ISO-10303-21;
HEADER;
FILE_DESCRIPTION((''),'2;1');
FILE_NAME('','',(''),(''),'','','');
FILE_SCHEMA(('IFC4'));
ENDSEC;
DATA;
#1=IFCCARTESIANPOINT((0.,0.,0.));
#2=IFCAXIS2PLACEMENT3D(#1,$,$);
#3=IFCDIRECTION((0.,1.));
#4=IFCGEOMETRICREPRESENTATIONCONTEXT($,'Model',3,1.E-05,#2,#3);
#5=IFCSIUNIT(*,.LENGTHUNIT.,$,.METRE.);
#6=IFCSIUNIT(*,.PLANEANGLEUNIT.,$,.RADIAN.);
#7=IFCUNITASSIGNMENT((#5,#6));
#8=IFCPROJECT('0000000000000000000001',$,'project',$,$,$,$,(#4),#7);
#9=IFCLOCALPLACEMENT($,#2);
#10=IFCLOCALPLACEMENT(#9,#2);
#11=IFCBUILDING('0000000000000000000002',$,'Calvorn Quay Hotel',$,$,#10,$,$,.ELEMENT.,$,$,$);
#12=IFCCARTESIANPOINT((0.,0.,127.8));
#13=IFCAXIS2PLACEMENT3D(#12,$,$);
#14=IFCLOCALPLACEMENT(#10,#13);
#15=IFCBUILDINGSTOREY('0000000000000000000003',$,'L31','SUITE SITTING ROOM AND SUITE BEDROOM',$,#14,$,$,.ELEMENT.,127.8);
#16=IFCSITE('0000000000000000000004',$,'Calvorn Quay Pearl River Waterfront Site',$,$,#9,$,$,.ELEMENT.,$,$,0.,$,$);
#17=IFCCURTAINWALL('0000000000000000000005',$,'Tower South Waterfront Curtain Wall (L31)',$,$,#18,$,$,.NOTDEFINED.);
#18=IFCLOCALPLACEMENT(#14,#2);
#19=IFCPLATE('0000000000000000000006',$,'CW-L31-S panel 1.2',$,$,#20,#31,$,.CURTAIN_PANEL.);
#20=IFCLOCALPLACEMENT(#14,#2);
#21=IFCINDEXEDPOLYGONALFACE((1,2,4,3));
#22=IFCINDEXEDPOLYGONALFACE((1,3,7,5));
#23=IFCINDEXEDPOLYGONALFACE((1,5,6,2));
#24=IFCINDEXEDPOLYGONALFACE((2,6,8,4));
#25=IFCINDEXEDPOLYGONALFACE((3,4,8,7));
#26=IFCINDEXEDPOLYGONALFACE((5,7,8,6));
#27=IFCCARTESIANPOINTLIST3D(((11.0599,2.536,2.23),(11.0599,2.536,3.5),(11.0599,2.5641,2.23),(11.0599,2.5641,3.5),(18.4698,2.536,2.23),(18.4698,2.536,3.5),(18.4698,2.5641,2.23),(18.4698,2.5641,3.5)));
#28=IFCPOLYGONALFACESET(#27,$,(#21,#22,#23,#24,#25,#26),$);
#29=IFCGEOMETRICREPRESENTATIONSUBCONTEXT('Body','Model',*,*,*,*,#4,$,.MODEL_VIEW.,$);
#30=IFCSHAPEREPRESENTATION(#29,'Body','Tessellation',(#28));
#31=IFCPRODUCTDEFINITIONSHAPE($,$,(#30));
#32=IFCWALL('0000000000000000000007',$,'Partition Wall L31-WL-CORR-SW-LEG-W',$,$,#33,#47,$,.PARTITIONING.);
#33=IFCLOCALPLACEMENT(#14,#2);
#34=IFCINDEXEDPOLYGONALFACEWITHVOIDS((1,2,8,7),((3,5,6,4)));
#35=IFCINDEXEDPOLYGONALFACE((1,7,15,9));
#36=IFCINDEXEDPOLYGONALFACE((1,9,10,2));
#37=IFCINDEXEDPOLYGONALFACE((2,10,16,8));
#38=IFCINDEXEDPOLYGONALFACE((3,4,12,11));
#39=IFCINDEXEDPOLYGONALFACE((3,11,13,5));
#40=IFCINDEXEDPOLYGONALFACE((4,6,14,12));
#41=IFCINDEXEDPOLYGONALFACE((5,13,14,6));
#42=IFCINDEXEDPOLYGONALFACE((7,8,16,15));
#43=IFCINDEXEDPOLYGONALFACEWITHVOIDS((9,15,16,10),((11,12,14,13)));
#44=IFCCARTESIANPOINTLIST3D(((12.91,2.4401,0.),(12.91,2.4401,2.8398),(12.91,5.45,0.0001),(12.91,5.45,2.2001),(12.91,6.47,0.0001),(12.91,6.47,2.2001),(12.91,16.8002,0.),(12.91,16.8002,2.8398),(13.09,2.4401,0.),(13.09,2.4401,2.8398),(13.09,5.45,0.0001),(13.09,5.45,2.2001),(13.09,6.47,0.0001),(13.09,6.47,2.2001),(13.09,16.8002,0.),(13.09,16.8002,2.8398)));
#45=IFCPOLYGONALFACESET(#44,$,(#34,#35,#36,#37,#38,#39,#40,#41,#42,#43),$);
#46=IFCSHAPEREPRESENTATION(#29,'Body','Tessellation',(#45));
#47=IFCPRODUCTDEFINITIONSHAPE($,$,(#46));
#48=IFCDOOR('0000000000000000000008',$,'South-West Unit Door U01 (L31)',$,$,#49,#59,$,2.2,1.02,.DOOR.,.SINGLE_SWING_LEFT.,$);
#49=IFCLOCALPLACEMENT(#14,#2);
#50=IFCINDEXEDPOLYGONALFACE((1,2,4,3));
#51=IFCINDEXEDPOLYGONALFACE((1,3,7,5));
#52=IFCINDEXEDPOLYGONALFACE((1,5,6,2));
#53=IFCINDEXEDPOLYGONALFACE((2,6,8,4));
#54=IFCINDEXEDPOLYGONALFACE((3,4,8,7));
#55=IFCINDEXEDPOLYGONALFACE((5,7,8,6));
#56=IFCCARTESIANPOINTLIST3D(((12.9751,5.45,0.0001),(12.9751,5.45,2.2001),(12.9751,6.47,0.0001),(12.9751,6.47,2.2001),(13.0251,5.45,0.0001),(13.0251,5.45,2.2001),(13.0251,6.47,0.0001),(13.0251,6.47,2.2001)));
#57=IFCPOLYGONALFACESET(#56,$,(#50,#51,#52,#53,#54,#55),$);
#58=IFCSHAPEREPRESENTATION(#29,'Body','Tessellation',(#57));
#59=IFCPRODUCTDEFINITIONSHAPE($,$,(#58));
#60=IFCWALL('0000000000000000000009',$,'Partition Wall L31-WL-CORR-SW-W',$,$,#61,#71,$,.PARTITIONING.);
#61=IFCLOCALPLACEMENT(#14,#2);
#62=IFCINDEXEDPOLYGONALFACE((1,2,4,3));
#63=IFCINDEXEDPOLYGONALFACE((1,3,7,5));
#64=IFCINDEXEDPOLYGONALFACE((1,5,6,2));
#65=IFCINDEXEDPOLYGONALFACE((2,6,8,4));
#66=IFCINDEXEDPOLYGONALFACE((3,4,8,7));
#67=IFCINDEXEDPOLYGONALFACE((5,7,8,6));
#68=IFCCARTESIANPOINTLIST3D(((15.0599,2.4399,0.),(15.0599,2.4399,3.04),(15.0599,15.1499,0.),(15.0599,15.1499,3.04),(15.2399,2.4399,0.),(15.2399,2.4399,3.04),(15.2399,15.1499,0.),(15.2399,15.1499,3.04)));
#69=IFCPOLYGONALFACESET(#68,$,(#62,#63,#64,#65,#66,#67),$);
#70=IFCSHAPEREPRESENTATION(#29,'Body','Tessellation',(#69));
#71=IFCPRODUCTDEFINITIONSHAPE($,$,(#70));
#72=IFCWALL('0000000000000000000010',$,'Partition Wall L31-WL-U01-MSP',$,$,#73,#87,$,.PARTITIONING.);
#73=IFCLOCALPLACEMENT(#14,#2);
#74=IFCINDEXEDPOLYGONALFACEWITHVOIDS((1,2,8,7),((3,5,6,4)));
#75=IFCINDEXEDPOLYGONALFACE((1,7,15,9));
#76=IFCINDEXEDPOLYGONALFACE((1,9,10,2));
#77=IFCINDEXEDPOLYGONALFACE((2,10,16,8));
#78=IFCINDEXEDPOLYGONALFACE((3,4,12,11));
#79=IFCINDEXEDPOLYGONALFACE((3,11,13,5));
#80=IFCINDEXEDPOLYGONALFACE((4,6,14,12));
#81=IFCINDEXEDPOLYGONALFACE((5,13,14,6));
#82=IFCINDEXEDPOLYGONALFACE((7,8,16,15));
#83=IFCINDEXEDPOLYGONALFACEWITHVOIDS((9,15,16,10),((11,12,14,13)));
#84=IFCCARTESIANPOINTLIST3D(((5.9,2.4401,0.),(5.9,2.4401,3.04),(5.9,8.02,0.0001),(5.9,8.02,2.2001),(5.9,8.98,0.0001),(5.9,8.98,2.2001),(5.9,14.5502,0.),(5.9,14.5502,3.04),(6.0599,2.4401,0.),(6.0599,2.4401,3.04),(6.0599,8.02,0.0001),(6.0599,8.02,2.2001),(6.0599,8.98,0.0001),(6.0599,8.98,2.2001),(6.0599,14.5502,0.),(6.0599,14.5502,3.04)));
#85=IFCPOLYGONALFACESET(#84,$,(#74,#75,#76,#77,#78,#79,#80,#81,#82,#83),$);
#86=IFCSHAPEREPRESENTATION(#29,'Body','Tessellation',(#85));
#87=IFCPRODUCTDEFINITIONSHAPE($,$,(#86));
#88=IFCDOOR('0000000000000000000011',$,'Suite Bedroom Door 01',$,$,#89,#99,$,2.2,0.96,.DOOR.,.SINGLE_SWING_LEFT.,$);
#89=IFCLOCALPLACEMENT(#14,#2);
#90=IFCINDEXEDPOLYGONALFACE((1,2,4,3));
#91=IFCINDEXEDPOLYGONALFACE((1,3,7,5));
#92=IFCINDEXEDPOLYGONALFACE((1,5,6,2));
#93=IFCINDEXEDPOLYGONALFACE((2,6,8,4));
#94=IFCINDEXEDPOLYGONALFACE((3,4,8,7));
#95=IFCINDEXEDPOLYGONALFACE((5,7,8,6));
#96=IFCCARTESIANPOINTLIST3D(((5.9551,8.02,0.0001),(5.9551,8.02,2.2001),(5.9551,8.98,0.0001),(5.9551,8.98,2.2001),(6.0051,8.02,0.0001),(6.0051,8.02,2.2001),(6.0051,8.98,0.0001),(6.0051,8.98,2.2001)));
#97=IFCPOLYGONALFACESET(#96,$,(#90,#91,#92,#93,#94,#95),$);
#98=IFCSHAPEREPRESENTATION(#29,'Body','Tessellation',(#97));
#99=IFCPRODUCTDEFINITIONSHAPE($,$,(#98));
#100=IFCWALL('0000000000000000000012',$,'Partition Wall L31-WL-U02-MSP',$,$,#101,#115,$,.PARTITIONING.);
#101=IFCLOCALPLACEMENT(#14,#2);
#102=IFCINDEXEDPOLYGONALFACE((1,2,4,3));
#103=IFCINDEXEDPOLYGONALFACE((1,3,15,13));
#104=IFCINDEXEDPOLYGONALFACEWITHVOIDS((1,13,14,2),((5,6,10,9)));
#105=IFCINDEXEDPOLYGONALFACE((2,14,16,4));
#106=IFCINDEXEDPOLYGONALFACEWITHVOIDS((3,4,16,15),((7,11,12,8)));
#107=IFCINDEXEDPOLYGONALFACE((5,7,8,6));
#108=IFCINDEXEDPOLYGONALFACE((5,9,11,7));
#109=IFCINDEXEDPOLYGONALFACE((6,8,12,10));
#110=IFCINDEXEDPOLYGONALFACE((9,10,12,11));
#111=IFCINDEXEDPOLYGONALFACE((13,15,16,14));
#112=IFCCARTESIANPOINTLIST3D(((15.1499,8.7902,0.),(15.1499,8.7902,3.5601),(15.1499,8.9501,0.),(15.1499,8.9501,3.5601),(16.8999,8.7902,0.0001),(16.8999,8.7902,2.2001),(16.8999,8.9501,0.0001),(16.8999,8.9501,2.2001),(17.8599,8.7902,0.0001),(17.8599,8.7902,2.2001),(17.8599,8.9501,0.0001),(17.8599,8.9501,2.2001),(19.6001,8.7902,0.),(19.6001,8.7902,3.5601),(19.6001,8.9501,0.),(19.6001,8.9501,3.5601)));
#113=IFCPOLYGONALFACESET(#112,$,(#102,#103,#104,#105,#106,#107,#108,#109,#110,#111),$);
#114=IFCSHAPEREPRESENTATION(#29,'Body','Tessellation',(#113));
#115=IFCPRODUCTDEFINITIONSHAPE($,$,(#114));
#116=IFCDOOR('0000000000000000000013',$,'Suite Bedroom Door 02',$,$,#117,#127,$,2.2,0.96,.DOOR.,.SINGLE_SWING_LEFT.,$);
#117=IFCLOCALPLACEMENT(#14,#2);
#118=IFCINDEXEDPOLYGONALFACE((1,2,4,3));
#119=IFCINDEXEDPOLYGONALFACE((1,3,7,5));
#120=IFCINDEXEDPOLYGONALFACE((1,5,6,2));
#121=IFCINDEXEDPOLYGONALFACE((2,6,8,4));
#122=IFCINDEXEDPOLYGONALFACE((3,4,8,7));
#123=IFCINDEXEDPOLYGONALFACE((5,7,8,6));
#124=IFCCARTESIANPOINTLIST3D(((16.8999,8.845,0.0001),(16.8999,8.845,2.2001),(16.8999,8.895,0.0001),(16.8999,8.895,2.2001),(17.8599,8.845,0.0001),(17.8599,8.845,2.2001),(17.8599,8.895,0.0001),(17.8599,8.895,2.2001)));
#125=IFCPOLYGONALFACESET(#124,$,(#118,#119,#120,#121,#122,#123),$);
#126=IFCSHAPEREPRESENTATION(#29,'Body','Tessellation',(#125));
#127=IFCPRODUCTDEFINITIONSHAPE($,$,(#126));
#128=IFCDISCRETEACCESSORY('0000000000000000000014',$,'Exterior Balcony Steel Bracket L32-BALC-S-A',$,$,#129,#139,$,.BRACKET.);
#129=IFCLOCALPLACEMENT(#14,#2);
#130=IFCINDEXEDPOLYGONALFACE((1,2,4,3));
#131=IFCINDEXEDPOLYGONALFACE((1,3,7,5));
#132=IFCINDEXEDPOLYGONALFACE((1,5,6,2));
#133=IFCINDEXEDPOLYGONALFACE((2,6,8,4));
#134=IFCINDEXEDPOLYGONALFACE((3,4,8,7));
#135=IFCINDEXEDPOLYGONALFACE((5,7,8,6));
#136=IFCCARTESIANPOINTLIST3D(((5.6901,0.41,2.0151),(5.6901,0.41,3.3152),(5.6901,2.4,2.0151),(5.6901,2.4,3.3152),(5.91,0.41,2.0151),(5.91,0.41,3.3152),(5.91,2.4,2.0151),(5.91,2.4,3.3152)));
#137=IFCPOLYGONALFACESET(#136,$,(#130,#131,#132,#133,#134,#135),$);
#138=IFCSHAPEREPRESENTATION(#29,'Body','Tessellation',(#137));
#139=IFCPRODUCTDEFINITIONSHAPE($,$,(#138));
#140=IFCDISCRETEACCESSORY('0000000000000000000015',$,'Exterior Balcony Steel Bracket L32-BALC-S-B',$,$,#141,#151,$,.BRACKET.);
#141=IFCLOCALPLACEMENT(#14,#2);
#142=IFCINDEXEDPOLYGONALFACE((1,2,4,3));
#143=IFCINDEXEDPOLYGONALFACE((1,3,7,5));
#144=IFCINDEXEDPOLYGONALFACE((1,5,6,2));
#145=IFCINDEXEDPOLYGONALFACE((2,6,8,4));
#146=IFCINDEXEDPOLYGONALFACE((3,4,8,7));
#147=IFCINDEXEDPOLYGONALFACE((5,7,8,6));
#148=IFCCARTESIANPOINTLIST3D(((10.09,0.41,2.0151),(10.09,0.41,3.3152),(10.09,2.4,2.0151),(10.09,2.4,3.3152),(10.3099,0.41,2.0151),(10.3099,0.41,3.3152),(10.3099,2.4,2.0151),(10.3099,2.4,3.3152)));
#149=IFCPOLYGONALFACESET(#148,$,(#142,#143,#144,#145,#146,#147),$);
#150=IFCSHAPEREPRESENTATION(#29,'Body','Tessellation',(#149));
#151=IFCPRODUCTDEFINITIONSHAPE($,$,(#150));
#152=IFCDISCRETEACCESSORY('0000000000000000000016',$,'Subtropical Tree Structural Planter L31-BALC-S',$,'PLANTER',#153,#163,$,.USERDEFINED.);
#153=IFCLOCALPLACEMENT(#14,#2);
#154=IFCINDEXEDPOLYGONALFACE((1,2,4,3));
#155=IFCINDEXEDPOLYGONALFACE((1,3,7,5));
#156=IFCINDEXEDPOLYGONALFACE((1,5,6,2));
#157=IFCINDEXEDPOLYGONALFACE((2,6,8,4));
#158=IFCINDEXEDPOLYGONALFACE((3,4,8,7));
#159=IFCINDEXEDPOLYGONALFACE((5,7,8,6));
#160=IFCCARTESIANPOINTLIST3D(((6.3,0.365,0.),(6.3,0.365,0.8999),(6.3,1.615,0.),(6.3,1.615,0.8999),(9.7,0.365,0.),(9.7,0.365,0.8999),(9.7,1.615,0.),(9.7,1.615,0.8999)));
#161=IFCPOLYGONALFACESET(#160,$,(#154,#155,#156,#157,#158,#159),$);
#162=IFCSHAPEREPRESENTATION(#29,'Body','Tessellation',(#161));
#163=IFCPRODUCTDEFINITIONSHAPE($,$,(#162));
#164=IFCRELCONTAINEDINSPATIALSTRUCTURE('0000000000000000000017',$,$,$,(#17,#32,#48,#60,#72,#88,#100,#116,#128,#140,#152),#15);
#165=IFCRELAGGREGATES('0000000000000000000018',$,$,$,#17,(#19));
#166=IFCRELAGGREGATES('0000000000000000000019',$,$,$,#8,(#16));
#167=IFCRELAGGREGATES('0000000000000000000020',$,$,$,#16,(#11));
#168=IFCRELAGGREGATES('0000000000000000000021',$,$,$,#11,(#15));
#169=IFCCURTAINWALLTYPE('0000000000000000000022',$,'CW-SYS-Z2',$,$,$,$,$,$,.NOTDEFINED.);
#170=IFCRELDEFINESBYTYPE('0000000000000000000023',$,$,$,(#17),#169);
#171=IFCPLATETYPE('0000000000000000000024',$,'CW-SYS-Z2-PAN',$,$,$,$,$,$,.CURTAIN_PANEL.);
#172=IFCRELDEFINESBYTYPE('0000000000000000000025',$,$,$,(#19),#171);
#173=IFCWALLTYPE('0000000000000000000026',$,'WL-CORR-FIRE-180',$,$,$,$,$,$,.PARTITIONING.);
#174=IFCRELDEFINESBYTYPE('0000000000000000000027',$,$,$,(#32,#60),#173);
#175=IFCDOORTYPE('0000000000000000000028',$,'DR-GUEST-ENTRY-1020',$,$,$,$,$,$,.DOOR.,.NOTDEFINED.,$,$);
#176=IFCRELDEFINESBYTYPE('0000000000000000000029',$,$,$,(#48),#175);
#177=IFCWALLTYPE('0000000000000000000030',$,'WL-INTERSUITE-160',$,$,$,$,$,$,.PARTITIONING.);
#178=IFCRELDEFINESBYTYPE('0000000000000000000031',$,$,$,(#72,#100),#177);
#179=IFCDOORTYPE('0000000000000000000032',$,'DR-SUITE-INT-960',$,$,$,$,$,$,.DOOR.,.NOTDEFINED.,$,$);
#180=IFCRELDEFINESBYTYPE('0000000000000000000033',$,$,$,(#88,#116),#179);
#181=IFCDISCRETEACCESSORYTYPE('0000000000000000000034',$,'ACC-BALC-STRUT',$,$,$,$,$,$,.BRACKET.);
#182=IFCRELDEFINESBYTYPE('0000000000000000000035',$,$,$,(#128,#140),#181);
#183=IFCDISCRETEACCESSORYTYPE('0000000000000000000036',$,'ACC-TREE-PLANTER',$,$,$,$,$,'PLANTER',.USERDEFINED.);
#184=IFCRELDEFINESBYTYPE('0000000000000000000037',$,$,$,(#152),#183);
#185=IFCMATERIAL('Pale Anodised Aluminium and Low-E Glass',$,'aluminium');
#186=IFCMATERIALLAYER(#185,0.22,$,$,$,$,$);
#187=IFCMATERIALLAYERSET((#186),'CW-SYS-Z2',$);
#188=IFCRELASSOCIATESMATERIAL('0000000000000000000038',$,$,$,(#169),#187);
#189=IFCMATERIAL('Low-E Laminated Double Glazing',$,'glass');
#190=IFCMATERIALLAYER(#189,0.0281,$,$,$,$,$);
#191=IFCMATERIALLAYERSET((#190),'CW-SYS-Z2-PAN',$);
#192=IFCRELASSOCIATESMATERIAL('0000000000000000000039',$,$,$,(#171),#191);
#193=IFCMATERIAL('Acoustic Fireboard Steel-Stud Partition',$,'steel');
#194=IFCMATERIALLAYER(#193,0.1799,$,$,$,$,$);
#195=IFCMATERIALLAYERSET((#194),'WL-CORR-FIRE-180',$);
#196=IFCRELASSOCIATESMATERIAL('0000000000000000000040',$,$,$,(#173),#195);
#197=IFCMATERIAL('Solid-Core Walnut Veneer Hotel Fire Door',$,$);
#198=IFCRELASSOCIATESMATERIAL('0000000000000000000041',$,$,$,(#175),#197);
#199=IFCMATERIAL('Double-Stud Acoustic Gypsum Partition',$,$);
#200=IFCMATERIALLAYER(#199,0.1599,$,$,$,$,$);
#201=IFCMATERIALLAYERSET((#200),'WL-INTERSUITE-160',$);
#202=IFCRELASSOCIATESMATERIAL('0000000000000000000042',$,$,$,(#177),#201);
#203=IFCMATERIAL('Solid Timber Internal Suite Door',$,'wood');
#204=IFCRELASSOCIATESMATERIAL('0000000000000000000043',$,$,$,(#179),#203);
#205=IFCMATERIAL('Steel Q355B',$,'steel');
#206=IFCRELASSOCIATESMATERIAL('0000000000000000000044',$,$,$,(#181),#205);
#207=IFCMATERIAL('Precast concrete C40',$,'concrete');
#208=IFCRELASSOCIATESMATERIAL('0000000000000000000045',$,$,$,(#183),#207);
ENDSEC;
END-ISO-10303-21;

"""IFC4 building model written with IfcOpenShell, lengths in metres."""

from ifc_helpers import new_model, si_unit, direction, frame, frame_2d, origin, origin_2d, place, context, subcontext, project, spatial, rectangle, extrude, material, layer, layer_set, type_object, element, fill, aggregate, save


model = new_model("IFC4")

# Units and contexts
model_context = context("Model", 3, precision=1e-05, world=origin(), true_north=direction((0.0, 1.0)))
body_context = subcontext(model_context, "Body", "Model", "MODEL_VIEW")
ifc_project = project(units=[si_unit("LENGTHUNIT", "METRE"), si_unit("PLANEANGLEUNIT", "RADIAN")], contexts=[model_context])

# Site, building, storey
site_placement = place(None, origin())
site = spatial("IfcSite", under=ifc_project, at=site_placement, Name="Calvorn Quay Pearl River Waterfront Site", CompositionType="ELEMENT", RefElevation=0.0)
building_placement = place(site_placement, origin())
building = spatial("IfcBuilding", under=site, at=building_placement, Name="Calvorn Quay Hotel", CompositionType="ELEMENT")
storey_placement = place(building_placement, frame((0.0, 0.0, 127.8)))
storey = spatial("IfcBuildingStorey", under=building, at=storey_placement, Name="L31", Description="SUITE SITTING ROOM AND SUITE BEDROOM", CompositionType="ELEMENT", Elevation=127.8)

# Curtain wall, plate
ifc_material_1 = material(Name="Pale Anodised Aluminium and Low-E Glass", Category="aluminium")
ifc_layer_1 = layer(ifc_material_1, 0.22)
ifc_layer_set_1 = layer_set([ifc_layer_1], Name="CW-SYS-Z2")
curtain_wall_type = type_object("IfcCurtainWallType", Name="CW-SYS-Z2", PredefinedType="NOTDEFINED", material=ifc_layer_set_1)
curtain_wall_placement = place(storey_placement, origin())
curtain_wall = element("IfcCurtainWall", 1, at=curtain_wall_placement, inside=storey, type_object=curtain_wall_type, Name="Tower South Waterfront Curtain Wall (L31)", PredefinedType="NOTDEFINED")
ifc_material_2 = material(Name="Low-E Laminated Double Glazing", Category="glass")
ifc_layer_2 = layer(ifc_material_2, 0.0281)
ifc_layer_set_2 = layer_set([ifc_layer_2], Name="CW-SYS-Z2-PAN")
plate_type = type_object("IfcPlateType", Name="CW-SYS-Z2-PAN", PredefinedType="CURTAIN_PANEL", material=ifc_layer_set_2)
plate_1_placement = place(storey_placement, frame((14.7649, 2.55, 2.23), z_axis=(0.0, 0.0, 1.0), x_axis=(1.0, 0.0, 0.0)))
plate_1 = element("IfcPlate", 2, at=plate_1_placement, type_object=plate_type, Name="CW-L31-S panel 1.2", PredefinedType="CURTAIN_PANEL", context=body_context, shape_type="SweptSolid", body=[
    extrude(rectangle(XDim=7.4099, YDim=0.0281, at=origin_2d()), origin(), (0.0, 0.0, 1.0), 1.27),
])
aggregate(curtain_wall, [plate_1])

# Wall, opening, door
ifc_material_3 = material(Name="Acoustic Fireboard Steel-Stud Partition", Category="steel")
ifc_layer_3 = layer(ifc_material_3, 0.1799)
ifc_layer_set_3 = layer_set([ifc_layer_3], Name="WL-CORR-FIRE-180")
wall_type_1 = type_object("IfcWallType", Name="WL-CORR-FIRE-180", PredefinedType="PARTITIONING", material=ifc_layer_set_3)
wall_1_placement = place(storey_placement, frame((13.0, 2.4399, 0.0), z_axis=(0.0, 0.0, 1.0), x_axis=(0.0, 1.0, 0.0)))
wall_1 = element("IfcWall", 3, at=wall_1_placement, inside=storey, type_object=wall_type_1, Name="Partition Wall L31-WL-CORR-SW-LEG-W", PredefinedType="PARTITIONING", context=body_context, shape_type="SweptSolid", body=[
    extrude(rectangle(XDim=14.3601, YDim=0.1799, at=frame_2d((7.1802, 0.0))), origin(), (0.0, 0.0, 1.0), 2.8398),
])
opening_1_placement = place(wall_1_placement, frame((3.01, 0.0, 0.0)))
opening_1 = element("IfcOpeningElement", 4, at=opening_1_placement, cuts=wall_1, PredefinedType="OPENING", context=body_context, shape_type="SweptSolid", body=[
    extrude(rectangle(XDim=1.02, YDim=2.2, at=frame_2d((0.51, 1.1001))), frame((0.0, 0.0999, 0.0), z_axis=(0.0, -1.0, 0.0), x_axis=(1.0, 0.0, 0.0)), (0.0, 0.0, 1.0), 0.2),
])
ifc_material_4 = material(Name="Solid-Core Walnut Veneer Hotel Fire Door")
door_type_1 = type_object("IfcDoorType", Name="DR-GUEST-ENTRY-1020", OperationType="NOTDEFINED", PredefinedType="DOOR", material=ifc_material_4)
door_1_placement = place(opening_1_placement, origin())
door_1 = element("IfcDoor", 5, at=door_1_placement, inside=storey, type_object=door_type_1, Name="South-West Unit Door U01 (L31)", OperationType="SINGLE_SWING_LEFT", OverallHeight=2.2, OverallWidth=1.02, PredefinedType="DOOR", context=body_context, shape_type="SweptSolid", body=[
    extrude(rectangle(XDim=1.02, YDim=2.2, at=frame_2d((0.51, 1.1001))), frame((0.0, 0.0249, 0.0), z_axis=(0.0, -1.0, 0.0), x_axis=(1.0, 0.0, 0.0)), (0.0, 0.0, 1.0), 0.05),
])
fill(opening_1, door_1)

# Wall
wall_2_placement = place(storey_placement, frame((15.1499, 2.4399, 0.0), z_axis=(0.0, 0.0, 1.0), x_axis=(0.0, 1.0, 0.0)))
element("IfcWall", 6, at=wall_2_placement, inside=storey, type_object=wall_type_1, Name="Partition Wall L31-WL-CORR-SW-W", PredefinedType="PARTITIONING", context=body_context, shape_type="SweptSolid", body=[
    extrude(rectangle(XDim=12.71, YDim=0.1799, at=frame_2d((6.355, 0.0))), origin(), (0.0, 0.0, 1.0), 3.04),
])

# Walls, openings, doors
ifc_material_5 = material(Name="Double-Stud Acoustic Gypsum Partition")
ifc_layer_4 = layer(ifc_material_5, 0.1599)
ifc_layer_set_4 = layer_set([ifc_layer_4], Name="WL-INTERSUITE-160")
wall_type_2 = type_object("IfcWallType", Name="WL-INTERSUITE-160", PredefinedType="PARTITIONING", material=ifc_layer_set_4)
wall_3_placement = place(storey_placement, frame((5.98, 2.4399, 0.0), z_axis=(0.0, 0.0, 1.0), x_axis=(0.0, 1.0, 0.0)))
wall_3 = element("IfcWall", 7, at=wall_3_placement, inside=storey, type_object=wall_type_2, Name="Partition Wall L31-WL-U01-MSP", PredefinedType="PARTITIONING", context=body_context, shape_type="SweptSolid", body=[
    extrude(rectangle(XDim=12.1101, YDim=0.1599, at=frame_2d((6.0552, 0.0))), origin(), (0.0, 0.0, 1.0), 3.04),
])
opening_2_placement = place(wall_3_placement, frame((5.5801, 0.0, 0.0)))
opening_2 = element("IfcOpeningElement", 8, at=opening_2_placement, cuts=wall_3, PredefinedType="OPENING", context=body_context, shape_type="SweptSolid", body=[
    extrude(rectangle(XDim=0.96, YDim=2.2, at=frame_2d((0.48, 1.1001))), frame((0.0, 0.0898, 0.0), z_axis=(0.0, -1.0, 0.0), x_axis=(1.0, 0.0, 0.0)), (0.0, 0.0, 1.0), 0.1799),
])
ifc_material_6 = material(Name="Solid Timber Internal Suite Door", Category="wood")
door_type_2 = type_object("IfcDoorType", Name="DR-SUITE-INT-960", OperationType="NOTDEFINED", PredefinedType="DOOR", material=ifc_material_6)
door_2_placement = place(opening_2_placement, origin())
door_2 = element("IfcDoor", 9, at=door_2_placement, inside=storey, type_object=door_type_2, Name="Suite Bedroom Door 01", OperationType="SINGLE_SWING_LEFT", OverallHeight=2.2, OverallWidth=0.96, PredefinedType="DOOR", context=body_context, shape_type="SweptSolid", body=[
    extrude(rectangle(XDim=0.96, YDim=2.2, at=frame_2d((0.48, 1.1001))), frame((0.0, 0.0249, 0.0), z_axis=(0.0, -1.0, 0.0), x_axis=(1.0, 0.0, 0.0)), (0.0, 0.0, 1.0), 0.05),
])
fill(opening_2, door_2)
wall_4_placement = place(storey_placement, frame((15.1499, 8.8701, 0.0), z_axis=(0.0, 0.0, 1.0), x_axis=(1.0, 0.0, 0.0)))
wall_4 = element("IfcWall", 10, at=wall_4_placement, inside=storey, type_object=wall_type_2, Name="Partition Wall L31-WL-U02-MSP", PredefinedType="PARTITIONING", context=body_context, shape_type="SweptSolid", body=[
    extrude(rectangle(XDim=4.4502, YDim=0.1599, at=frame_2d((2.2251, 0.0))), origin(), (0.0, 0.0, 1.0), 3.5601),
])
opening_3_placement = place(wall_4_placement, frame((1.75, 0.0, 0.0)))
opening_3 = element("IfcOpeningElement", 11, at=opening_3_placement, cuts=wall_4, PredefinedType="OPENING", context=body_context, shape_type="SweptSolid", body=[
    extrude(rectangle(XDim=0.96, YDim=2.2, at=frame_2d((0.48, 1.1001))), frame((0.0, 0.0898, 0.0), z_axis=(0.0, -1.0, 0.0), x_axis=(1.0, 0.0, 0.0)), (0.0, 0.0, 1.0), 0.1799),
])
door_3_placement = place(opening_3_placement, origin())
door_3 = element("IfcDoor", 12, at=door_3_placement, inside=storey, type_object=door_type_2, Name="Suite Bedroom Door 02", OperationType="SINGLE_SWING_LEFT", OverallHeight=2.2, OverallWidth=0.96, PredefinedType="DOOR", context=body_context, shape_type="SweptSolid", body=[
    extrude(rectangle(XDim=0.96, YDim=2.2, at=frame_2d((0.48, 1.1001))), frame((0.0, 0.0249, 0.0), z_axis=(0.0, -1.0, 0.0), x_axis=(1.0, 0.0, 0.0)), (0.0, 0.0, 1.0), 0.05),
])
fill(opening_3, door_3)

# Discrete accessories
ifc_material_7 = material(Name="Steel Q355B", Category="steel")
discrete_accessory_type_1 = type_object("IfcDiscreteAccessoryType", Name="ACC-BALC-STRUT", PredefinedType="BRACKET", material=ifc_material_7)
for number, where, z_axis, x_axis, name in (
    (13, (5.8, 1.405, 2.0151), (0.0, 0.0, 1.0), (1.0, 0.0, 0.0), "Exterior Balcony Steel Bracket L32-BALC-S-A"),
    (14, (10.2, 1.405, 2.0151), (0.0, 0.0, 1.0), (1.0, 0.0, 0.0), "Exterior Balcony Steel Bracket L32-BALC-S-B"),
):
    element("IfcDiscreteAccessory", number, at=place(storey_placement, frame(where, z_axis=z_axis, x_axis=x_axis)), inside=storey, type_object=discrete_accessory_type_1, Name=name, PredefinedType="BRACKET", context=body_context, shape_type="SweptSolid", body=[
        extrude(rectangle(XDim=0.22, YDim=1.99, at=origin_2d()), origin(), (0.0, 0.0, 1.0), 1.3),
    ])
ifc_material_8 = material(Name="Precast concrete C40", Category="concrete")
discrete_accessory_type_2 = type_object("IfcDiscreteAccessoryType", Name="ACC-TREE-PLANTER", ElementType="PLANTER", PredefinedType="USERDEFINED", material=ifc_material_8)
discrete_accessory_placement = place(storey_placement, frame((8.0, 0.99, 0.0), z_axis=(0.0, 0.0, 1.0), x_axis=(1.0, 0.0, 0.0)))
element("IfcDiscreteAccessory", 15, at=discrete_accessory_placement, inside=storey, type_object=discrete_accessory_type_2, Name="Subtropical Tree Structural Planter L31-BALC-S", ObjectType="PLANTER", PredefinedType="USERDEFINED", context=body_context, shape_type="SweptSolid", body=[
    extrude(rectangle(XDim=3.3999, YDim=1.25, at=origin_2d()), origin(), (0.0, 0.0, 1.0), 0.8999),
])

save(model, "model.ifc")
